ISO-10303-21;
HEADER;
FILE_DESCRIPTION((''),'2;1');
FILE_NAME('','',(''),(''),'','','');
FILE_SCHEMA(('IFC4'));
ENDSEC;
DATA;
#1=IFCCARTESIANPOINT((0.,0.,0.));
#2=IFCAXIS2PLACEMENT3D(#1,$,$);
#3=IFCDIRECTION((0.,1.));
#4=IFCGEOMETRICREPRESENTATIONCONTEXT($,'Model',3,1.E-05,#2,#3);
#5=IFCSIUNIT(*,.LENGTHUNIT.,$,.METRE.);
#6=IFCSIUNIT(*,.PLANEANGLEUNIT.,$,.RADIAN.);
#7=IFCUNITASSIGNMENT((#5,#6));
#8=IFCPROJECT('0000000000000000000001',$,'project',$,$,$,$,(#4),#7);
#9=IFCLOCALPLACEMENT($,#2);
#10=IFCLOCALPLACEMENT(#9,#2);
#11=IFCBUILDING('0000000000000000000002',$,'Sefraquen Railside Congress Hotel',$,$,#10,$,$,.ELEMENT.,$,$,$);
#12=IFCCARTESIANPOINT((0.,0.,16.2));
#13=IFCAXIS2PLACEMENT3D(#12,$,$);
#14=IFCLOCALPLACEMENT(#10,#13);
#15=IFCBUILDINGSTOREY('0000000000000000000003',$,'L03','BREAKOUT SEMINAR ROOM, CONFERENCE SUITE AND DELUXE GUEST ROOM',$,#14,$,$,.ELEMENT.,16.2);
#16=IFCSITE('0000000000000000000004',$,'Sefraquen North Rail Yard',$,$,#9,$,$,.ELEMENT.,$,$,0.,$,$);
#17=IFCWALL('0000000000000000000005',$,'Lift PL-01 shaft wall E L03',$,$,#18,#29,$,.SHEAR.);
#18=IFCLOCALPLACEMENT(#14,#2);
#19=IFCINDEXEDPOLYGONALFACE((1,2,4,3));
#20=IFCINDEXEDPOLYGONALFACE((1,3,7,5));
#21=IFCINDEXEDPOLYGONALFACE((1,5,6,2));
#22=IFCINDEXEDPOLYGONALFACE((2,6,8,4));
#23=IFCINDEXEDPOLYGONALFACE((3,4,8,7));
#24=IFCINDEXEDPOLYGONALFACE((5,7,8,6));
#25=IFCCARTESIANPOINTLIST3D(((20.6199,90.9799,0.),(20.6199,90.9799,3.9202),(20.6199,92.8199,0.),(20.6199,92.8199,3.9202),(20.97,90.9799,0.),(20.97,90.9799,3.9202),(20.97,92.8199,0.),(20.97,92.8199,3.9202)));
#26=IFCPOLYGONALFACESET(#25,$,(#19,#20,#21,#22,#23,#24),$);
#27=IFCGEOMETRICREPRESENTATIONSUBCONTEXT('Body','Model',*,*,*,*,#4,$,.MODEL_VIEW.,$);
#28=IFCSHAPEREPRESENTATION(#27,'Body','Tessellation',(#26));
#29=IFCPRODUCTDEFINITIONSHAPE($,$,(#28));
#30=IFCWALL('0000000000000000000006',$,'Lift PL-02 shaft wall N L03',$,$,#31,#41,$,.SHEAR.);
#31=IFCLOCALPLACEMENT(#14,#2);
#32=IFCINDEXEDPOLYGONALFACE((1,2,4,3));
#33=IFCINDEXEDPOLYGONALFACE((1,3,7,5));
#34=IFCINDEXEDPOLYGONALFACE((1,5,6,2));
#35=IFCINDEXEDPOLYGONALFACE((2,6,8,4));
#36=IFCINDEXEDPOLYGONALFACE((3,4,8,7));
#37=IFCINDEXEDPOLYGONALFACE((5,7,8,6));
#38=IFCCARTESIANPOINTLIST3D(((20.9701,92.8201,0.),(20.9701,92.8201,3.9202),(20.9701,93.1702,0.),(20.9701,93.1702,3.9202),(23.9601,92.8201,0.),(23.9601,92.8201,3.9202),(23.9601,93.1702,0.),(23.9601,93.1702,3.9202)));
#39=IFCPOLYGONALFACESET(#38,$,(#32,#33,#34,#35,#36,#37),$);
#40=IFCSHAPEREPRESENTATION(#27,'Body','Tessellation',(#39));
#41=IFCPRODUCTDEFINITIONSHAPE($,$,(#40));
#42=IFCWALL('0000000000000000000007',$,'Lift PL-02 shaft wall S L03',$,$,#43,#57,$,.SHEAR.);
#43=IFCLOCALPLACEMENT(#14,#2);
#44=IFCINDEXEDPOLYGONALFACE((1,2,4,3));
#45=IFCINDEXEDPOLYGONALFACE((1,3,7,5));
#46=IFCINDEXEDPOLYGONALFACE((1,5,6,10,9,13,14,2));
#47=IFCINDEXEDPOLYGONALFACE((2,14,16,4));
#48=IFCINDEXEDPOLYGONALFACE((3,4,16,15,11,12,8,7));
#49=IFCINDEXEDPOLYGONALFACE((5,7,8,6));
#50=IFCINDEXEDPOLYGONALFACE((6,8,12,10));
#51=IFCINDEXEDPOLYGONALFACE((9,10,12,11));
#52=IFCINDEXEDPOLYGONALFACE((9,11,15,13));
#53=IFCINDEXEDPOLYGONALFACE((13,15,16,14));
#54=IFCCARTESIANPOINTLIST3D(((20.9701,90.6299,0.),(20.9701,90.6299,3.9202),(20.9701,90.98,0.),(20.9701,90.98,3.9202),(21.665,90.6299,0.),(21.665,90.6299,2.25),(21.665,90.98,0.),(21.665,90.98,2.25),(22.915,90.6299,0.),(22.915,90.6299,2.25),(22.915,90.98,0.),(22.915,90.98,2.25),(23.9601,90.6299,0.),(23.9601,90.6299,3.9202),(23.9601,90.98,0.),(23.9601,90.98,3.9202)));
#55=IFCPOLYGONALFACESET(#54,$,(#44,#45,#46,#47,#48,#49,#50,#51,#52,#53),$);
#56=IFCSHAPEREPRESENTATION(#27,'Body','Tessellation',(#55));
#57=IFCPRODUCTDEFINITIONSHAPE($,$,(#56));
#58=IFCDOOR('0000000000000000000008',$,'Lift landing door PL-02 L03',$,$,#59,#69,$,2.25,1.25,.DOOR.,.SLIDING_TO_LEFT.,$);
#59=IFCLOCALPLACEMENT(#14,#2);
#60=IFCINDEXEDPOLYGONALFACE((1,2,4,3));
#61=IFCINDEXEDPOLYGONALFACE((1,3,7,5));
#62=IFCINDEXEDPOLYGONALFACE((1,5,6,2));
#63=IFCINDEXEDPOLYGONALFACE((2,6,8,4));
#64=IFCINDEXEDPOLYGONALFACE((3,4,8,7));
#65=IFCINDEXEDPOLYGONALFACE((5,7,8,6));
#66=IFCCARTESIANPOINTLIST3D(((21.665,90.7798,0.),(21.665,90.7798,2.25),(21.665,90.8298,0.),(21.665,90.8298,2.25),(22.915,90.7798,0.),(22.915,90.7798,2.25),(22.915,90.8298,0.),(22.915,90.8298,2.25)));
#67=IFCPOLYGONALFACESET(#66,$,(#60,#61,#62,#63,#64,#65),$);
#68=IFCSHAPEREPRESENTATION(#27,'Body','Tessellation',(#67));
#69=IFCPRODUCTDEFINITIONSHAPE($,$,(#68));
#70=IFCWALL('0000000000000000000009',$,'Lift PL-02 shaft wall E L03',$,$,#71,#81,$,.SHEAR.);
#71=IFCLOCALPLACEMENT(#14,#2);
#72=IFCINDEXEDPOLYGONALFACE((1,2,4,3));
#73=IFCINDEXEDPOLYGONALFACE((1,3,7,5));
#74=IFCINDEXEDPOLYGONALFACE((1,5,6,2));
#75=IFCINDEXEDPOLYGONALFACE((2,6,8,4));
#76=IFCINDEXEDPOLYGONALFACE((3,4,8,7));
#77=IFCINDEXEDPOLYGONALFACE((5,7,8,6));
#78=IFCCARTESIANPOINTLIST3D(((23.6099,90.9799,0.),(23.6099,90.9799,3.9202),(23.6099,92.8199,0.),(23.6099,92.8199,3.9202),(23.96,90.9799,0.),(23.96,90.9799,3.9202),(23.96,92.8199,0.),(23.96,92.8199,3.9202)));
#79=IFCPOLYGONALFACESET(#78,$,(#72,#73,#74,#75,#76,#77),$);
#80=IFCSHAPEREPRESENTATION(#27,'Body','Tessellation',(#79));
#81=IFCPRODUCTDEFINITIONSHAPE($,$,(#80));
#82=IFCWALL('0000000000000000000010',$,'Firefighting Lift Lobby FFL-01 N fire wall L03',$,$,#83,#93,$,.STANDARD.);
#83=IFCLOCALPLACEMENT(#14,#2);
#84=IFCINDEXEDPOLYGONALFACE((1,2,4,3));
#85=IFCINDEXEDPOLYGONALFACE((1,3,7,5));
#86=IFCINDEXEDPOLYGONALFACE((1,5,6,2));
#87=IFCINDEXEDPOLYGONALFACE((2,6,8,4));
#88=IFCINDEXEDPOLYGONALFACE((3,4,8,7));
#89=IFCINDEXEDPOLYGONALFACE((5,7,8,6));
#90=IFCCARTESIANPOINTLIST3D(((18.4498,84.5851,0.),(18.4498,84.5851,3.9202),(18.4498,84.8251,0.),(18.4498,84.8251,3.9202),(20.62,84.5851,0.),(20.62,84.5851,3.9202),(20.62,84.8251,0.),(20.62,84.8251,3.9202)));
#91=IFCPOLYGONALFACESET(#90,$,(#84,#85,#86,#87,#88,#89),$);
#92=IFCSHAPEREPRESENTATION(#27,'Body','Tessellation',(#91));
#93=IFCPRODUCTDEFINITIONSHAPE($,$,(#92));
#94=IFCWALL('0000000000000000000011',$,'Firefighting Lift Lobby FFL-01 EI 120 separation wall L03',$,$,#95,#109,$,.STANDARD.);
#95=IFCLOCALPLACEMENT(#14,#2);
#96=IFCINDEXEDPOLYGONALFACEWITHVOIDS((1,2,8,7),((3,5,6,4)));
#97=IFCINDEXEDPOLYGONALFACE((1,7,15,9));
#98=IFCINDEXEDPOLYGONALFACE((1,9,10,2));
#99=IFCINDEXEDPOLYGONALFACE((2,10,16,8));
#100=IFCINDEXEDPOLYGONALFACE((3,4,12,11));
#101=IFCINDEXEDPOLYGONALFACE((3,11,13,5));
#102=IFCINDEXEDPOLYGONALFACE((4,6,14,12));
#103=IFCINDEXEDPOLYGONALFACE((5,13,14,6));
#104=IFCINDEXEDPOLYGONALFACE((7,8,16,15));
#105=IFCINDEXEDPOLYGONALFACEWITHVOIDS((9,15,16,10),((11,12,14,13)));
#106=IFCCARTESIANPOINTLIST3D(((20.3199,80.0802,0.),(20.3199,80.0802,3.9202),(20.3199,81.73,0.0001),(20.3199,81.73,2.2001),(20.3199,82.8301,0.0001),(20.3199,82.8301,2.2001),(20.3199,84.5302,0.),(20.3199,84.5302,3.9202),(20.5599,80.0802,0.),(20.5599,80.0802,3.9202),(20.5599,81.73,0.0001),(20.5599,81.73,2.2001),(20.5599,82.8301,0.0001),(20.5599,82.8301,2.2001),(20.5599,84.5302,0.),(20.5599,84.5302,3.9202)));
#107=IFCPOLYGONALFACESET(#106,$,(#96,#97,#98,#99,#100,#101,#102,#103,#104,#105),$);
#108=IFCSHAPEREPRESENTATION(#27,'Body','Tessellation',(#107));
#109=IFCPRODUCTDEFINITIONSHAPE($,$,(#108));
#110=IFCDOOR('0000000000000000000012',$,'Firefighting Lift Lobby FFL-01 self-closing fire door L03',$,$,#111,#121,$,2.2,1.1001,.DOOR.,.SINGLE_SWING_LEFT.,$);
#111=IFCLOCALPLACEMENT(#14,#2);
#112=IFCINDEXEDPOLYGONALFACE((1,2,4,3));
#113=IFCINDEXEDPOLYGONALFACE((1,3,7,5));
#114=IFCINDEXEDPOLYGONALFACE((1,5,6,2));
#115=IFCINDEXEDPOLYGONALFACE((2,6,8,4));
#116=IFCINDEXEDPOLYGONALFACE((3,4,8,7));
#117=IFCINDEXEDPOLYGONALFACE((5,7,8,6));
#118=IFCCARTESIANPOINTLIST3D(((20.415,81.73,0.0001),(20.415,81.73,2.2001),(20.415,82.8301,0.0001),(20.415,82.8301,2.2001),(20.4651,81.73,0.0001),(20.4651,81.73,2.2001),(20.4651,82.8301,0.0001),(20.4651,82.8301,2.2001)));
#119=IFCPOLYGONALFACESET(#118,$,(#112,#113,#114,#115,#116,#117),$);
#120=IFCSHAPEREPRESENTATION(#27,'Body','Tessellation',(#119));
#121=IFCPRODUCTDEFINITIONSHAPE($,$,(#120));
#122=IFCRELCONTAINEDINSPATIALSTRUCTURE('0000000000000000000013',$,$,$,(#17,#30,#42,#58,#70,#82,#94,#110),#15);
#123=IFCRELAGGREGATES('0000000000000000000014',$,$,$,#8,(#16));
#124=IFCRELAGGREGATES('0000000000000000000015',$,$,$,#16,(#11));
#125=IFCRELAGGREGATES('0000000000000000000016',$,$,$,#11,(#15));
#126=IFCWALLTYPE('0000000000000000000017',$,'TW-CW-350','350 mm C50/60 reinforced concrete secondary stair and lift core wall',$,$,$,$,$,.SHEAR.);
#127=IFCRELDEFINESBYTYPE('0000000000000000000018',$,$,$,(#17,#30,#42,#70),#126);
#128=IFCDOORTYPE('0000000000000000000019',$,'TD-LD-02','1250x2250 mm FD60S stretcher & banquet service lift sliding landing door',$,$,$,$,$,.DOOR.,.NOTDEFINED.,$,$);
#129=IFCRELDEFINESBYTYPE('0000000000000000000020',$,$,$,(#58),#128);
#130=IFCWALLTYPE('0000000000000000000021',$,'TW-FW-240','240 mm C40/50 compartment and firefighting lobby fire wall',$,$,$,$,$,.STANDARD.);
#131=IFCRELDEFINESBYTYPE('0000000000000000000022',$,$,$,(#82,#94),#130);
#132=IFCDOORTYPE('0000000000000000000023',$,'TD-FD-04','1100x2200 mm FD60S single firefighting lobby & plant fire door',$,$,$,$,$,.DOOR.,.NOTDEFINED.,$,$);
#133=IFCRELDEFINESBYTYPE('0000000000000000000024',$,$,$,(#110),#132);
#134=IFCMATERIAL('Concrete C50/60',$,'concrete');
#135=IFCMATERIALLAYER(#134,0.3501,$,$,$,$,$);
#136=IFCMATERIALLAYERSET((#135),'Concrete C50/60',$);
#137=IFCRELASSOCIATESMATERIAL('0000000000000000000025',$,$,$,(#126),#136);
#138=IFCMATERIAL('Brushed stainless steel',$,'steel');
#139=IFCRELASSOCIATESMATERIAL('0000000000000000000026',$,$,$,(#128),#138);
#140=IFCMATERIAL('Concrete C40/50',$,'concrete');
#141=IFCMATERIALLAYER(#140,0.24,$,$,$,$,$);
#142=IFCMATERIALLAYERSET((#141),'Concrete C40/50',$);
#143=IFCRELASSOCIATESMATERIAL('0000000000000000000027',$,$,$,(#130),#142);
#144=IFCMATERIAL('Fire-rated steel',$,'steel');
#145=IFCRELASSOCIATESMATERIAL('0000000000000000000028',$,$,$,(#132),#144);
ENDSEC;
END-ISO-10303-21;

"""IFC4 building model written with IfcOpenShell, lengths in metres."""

from ifc_helpers import new_model, si_unit, direction, frame, frame_2d, origin, place, context, subcontext, project, spatial, rectangle, extrude, material, layer, layer_set, type_object, element, fill, save


model = new_model("IFC4")

# Units and contexts
model_context = context("Model", 3, precision=1e-05, world=origin(), true_north=direction((0.0, 1.0)))
body_context = subcontext(model_context, "Body", "Model", "MODEL_VIEW")
ifc_project = project(units=[si_unit("LENGTHUNIT", "METRE"), si_unit("PLANEANGLEUNIT", "RADIAN")], contexts=[model_context])

# Site, building, storey
site_placement = place(None, origin())
site = spatial("IfcSite", under=ifc_project, at=site_placement, Name="Sefraquen North Rail Yard", CompositionType="ELEMENT", RefElevation=0.0)
building_placement = place(site_placement, origin())
building = spatial("IfcBuilding", under=site, at=building_placement, Name="Sefraquen Railside Congress Hotel", CompositionType="ELEMENT")
storey_placement = place(building_placement, frame((0.0, 0.0, 16.2)))
storey = spatial("IfcBuildingStorey", under=building, at=storey_placement, Name="L03", Description="BREAKOUT SEMINAR ROOM, CONFERENCE SUITE AND DELUXE GUEST ROOM", CompositionType="ELEMENT", Elevation=16.2)

# Shared definitions
ifc_material_1 = material(Name="Concrete C50/60", Category="concrete")
ifc_layer_1 = layer(ifc_material_1, 0.3501)
ifc_layer_set_1 = layer_set([ifc_layer_1], Name="Concrete C50/60")
wall_type_1 = type_object("IfcWallType", Name="TW-CW-350", Description="350 mm C50/60 reinforced concrete secondary stair and lift core wall", PredefinedType="SHEAR", material=ifc_layer_set_1)

# Shared definitions
ifc_material_2 = material(Name="Brushed stainless steel", Category="steel")
door_type_1 = type_object("IfcDoorType", Name="TD-LD-02", Description="1250x2250 mm FD60S stretcher & banquet service lift sliding landing door", OperationType="NOTDEFINED", PredefinedType="DOOR", material=ifc_material_2)

# Walls
for number, where, z_axis, x_axis, name in (
    (1, (20.7949, 90.98, 0.0), (0.0, 0.0, 1.0), (0.0, 1.0, 0.0), "Lift PL-01 shaft wall E L03"),
):
    element("IfcWall", number, at=place(storey_placement, frame(where, z_axis=z_axis, x_axis=x_axis)), inside=storey, type_object=wall_type_1, Name=name, PredefinedType="SHEAR", context=body_context, shape_type="SweptSolid", body=[
        extrude(rectangle(XDim=1.8401, YDim=0.3501, at=frame_2d((0.9199, 0.0))), origin(), (0.0, 0.0, 1.0), 3.9202),
    ])
wall_1_placement = place(storey_placement, frame((20.97, 92.9951, 0.0), z_axis=(0.0, 0.0, 1.0), x_axis=(1.0, 0.0, 0.0)))
element("IfcWall", 2, at=wall_1_placement, inside=storey, type_object=wall_type_1, Name="Lift PL-02 shaft wall N L03", PredefinedType="SHEAR", context=body_context, shape_type="SweptSolid", body=[
    extrude(rectangle(XDim=2.99, YDim=0.3501, at=frame_2d((1.4951, 0.0))), origin(), (0.0, 0.0, 1.0), 3.9202),
])

# Wall, opening, door
wall_2_placement = place(storey_placement, frame((20.97, 90.8049, 0.0), z_axis=(0.0, 0.0, 1.0), x_axis=(1.0, 0.0, 0.0)))
wall_2 = element("IfcWall", 3, at=wall_2_placement, inside=storey, type_object=wall_type_1, Name="Lift PL-02 shaft wall S L03", PredefinedType="SHEAR", context=body_context, shape_type="SweptSolid", body=[
    extrude(rectangle(XDim=2.99, YDim=0.3501, at=frame_2d((1.4951, 0.0))), origin(), (0.0, 0.0, 1.0), 3.9202),
])
opening_1_placement = place(wall_2_placement, frame((0.6951, 0.0, 0.0)))
opening_1 = element("IfcOpeningElement", 4, at=opening_1_placement, cuts=wall_2, PredefinedType="OPENING", context=body_context, shape_type="SweptSolid", body=[
    extrude(rectangle(XDim=1.25, YDim=2.25, at=frame_2d((0.625, 1.125))), frame((0.0, 0.1851, 0.0), z_axis=(0.0, -1.0, 0.0), x_axis=(1.0, 0.0, 0.0)), (0.0, 0.0, 1.0), 0.3701),
])
door_1_placement = place(opening_1_placement, origin())
door_1 = element("IfcDoor", 5, at=door_1_placement, inside=storey, type_object=door_type_1, Name="Lift landing door PL-02 L03", OperationType="SLIDING_TO_LEFT", OverallHeight=2.25, OverallWidth=1.25, PredefinedType="DOOR", context=body_context, shape_type="SweptSolid", body=[
    extrude(rectangle(XDim=1.25, YDim=2.25, at=frame_2d((0.625, 1.125))), frame((0.0, 0.0249, 0.0), z_axis=(0.0, -1.0, 0.0), x_axis=(1.0, 0.0, 0.0)), (0.0, 0.0, 1.0), 0.05),
])
fill(opening_1, door_1)

# Walls
wall_3_placement = place(storey_placement, frame((23.7849, 90.98, 0.0), z_axis=(0.0, 0.0, 1.0), x_axis=(0.0, 1.0, 0.0)))
element("IfcWall", 6, at=wall_3_placement, inside=storey, type_object=wall_type_1, Name="Lift PL-02 shaft wall E L03", PredefinedType="SHEAR", context=body_context, shape_type="SweptSolid", body=[
    extrude(rectangle(XDim=1.8401, YDim=0.3501, at=frame_2d((0.9199, 0.0))), origin(), (0.0, 0.0, 1.0), 3.9202),
])
ifc_material_3 = material(Name="Concrete C40/50", Category="concrete")
ifc_layer_2 = layer(ifc_material_3, 0.24)
ifc_layer_set_2 = layer_set([ifc_layer_2], Name="Concrete C40/50")
wall_type_2 = type_object("IfcWallType", Name="TW-FW-240", Description="240 mm C40/50 compartment and firefighting lobby fire wall", PredefinedType="STANDARD", material=ifc_layer_set_2)
wall_4_placement = place(storey_placement, frame((18.45, 84.7051, 0.0), z_axis=(0.0, 0.0, 1.0), x_axis=(1.0, 0.0, 0.0)))
element("IfcWall", 7, at=wall_4_placement, inside=storey, type_object=wall_type_2, Name="Firefighting Lift Lobby FFL-01 N fire wall L03", PredefinedType="STANDARD", context=body_context, shape_type="SweptSolid", body=[
    extrude(rectangle(XDim=2.1702, YDim=0.24, at=frame_2d((1.085, 0.0))), origin(), (0.0, 0.0, 1.0), 3.9202),
])

# Wall, opening, door
wall_5_placement = place(storey_placement, frame((20.4399, 80.0801, 0.0), z_axis=(0.0, 0.0, 1.0), x_axis=(0.0, 1.0, 0.0)))
wall_5 = element("IfcWall", 8, at=wall_5_placement, inside=storey, type_object=wall_type_2, Name="Firefighting Lift Lobby FFL-01 EI 120 separation wall L03", PredefinedType="STANDARD", context=body_context, shape_type="SweptSolid", body=[
    extrude(rectangle(XDim=4.45, YDim=0.24, at=frame_2d((2.2251, 0.0))), origin(), (0.0, 0.0, 1.0), 3.9202),
])
opening_2_placement = place(wall_5_placement, frame((1.6499, 0.0, 0.0)))
opening_2 = element("IfcOpeningElement", 9, at=opening_2_placement, cuts=wall_5, PredefinedType="OPENING", context=body_context, shape_type="SweptSolid", body=[
    extrude(rectangle(XDim=1.1001, YDim=2.2, at=frame_2d((0.55, 1.1001))), frame((0.0, 0.1299, 0.0), z_axis=(0.0, -1.0, 0.0), x_axis=(1.0, 0.0, 0.0)), (0.0, 0.0, 1.0), 0.26),
])
ifc_material_4 = material(Name="Fire-rated steel", Category="steel")
door_type_2 = type_object("IfcDoorType", Name="TD-FD-04", Description="1100x2200 mm FD60S single firefighting lobby & plant fire door", OperationType="NOTDEFINED", PredefinedType="DOOR", material=ifc_material_4)
door_2_placement = place(opening_2_placement, origin())
door_2 = element("IfcDoor", 10, at=door_2_placement, inside=storey, type_object=door_type_2, Name="Firefighting Lift Lobby FFL-01 self-closing fire door L03", OperationType="SINGLE_SWING_LEFT", OverallHeight=2.2, OverallWidth=1.1001, PredefinedType="DOOR", context=body_context, shape_type="SweptSolid", body=[
    extrude(rectangle(XDim=1.1001, YDim=2.2, at=frame_2d((0.55, 1.1001))), frame((0.0, 0.0249, 0.0), z_axis=(0.0, -1.0, 0.0), x_axis=(1.0, 0.0, 0.0)), (0.0, 0.0, 1.0), 0.05),
])
fill(opening_2, door_2)

save(model, "model.ifc")
